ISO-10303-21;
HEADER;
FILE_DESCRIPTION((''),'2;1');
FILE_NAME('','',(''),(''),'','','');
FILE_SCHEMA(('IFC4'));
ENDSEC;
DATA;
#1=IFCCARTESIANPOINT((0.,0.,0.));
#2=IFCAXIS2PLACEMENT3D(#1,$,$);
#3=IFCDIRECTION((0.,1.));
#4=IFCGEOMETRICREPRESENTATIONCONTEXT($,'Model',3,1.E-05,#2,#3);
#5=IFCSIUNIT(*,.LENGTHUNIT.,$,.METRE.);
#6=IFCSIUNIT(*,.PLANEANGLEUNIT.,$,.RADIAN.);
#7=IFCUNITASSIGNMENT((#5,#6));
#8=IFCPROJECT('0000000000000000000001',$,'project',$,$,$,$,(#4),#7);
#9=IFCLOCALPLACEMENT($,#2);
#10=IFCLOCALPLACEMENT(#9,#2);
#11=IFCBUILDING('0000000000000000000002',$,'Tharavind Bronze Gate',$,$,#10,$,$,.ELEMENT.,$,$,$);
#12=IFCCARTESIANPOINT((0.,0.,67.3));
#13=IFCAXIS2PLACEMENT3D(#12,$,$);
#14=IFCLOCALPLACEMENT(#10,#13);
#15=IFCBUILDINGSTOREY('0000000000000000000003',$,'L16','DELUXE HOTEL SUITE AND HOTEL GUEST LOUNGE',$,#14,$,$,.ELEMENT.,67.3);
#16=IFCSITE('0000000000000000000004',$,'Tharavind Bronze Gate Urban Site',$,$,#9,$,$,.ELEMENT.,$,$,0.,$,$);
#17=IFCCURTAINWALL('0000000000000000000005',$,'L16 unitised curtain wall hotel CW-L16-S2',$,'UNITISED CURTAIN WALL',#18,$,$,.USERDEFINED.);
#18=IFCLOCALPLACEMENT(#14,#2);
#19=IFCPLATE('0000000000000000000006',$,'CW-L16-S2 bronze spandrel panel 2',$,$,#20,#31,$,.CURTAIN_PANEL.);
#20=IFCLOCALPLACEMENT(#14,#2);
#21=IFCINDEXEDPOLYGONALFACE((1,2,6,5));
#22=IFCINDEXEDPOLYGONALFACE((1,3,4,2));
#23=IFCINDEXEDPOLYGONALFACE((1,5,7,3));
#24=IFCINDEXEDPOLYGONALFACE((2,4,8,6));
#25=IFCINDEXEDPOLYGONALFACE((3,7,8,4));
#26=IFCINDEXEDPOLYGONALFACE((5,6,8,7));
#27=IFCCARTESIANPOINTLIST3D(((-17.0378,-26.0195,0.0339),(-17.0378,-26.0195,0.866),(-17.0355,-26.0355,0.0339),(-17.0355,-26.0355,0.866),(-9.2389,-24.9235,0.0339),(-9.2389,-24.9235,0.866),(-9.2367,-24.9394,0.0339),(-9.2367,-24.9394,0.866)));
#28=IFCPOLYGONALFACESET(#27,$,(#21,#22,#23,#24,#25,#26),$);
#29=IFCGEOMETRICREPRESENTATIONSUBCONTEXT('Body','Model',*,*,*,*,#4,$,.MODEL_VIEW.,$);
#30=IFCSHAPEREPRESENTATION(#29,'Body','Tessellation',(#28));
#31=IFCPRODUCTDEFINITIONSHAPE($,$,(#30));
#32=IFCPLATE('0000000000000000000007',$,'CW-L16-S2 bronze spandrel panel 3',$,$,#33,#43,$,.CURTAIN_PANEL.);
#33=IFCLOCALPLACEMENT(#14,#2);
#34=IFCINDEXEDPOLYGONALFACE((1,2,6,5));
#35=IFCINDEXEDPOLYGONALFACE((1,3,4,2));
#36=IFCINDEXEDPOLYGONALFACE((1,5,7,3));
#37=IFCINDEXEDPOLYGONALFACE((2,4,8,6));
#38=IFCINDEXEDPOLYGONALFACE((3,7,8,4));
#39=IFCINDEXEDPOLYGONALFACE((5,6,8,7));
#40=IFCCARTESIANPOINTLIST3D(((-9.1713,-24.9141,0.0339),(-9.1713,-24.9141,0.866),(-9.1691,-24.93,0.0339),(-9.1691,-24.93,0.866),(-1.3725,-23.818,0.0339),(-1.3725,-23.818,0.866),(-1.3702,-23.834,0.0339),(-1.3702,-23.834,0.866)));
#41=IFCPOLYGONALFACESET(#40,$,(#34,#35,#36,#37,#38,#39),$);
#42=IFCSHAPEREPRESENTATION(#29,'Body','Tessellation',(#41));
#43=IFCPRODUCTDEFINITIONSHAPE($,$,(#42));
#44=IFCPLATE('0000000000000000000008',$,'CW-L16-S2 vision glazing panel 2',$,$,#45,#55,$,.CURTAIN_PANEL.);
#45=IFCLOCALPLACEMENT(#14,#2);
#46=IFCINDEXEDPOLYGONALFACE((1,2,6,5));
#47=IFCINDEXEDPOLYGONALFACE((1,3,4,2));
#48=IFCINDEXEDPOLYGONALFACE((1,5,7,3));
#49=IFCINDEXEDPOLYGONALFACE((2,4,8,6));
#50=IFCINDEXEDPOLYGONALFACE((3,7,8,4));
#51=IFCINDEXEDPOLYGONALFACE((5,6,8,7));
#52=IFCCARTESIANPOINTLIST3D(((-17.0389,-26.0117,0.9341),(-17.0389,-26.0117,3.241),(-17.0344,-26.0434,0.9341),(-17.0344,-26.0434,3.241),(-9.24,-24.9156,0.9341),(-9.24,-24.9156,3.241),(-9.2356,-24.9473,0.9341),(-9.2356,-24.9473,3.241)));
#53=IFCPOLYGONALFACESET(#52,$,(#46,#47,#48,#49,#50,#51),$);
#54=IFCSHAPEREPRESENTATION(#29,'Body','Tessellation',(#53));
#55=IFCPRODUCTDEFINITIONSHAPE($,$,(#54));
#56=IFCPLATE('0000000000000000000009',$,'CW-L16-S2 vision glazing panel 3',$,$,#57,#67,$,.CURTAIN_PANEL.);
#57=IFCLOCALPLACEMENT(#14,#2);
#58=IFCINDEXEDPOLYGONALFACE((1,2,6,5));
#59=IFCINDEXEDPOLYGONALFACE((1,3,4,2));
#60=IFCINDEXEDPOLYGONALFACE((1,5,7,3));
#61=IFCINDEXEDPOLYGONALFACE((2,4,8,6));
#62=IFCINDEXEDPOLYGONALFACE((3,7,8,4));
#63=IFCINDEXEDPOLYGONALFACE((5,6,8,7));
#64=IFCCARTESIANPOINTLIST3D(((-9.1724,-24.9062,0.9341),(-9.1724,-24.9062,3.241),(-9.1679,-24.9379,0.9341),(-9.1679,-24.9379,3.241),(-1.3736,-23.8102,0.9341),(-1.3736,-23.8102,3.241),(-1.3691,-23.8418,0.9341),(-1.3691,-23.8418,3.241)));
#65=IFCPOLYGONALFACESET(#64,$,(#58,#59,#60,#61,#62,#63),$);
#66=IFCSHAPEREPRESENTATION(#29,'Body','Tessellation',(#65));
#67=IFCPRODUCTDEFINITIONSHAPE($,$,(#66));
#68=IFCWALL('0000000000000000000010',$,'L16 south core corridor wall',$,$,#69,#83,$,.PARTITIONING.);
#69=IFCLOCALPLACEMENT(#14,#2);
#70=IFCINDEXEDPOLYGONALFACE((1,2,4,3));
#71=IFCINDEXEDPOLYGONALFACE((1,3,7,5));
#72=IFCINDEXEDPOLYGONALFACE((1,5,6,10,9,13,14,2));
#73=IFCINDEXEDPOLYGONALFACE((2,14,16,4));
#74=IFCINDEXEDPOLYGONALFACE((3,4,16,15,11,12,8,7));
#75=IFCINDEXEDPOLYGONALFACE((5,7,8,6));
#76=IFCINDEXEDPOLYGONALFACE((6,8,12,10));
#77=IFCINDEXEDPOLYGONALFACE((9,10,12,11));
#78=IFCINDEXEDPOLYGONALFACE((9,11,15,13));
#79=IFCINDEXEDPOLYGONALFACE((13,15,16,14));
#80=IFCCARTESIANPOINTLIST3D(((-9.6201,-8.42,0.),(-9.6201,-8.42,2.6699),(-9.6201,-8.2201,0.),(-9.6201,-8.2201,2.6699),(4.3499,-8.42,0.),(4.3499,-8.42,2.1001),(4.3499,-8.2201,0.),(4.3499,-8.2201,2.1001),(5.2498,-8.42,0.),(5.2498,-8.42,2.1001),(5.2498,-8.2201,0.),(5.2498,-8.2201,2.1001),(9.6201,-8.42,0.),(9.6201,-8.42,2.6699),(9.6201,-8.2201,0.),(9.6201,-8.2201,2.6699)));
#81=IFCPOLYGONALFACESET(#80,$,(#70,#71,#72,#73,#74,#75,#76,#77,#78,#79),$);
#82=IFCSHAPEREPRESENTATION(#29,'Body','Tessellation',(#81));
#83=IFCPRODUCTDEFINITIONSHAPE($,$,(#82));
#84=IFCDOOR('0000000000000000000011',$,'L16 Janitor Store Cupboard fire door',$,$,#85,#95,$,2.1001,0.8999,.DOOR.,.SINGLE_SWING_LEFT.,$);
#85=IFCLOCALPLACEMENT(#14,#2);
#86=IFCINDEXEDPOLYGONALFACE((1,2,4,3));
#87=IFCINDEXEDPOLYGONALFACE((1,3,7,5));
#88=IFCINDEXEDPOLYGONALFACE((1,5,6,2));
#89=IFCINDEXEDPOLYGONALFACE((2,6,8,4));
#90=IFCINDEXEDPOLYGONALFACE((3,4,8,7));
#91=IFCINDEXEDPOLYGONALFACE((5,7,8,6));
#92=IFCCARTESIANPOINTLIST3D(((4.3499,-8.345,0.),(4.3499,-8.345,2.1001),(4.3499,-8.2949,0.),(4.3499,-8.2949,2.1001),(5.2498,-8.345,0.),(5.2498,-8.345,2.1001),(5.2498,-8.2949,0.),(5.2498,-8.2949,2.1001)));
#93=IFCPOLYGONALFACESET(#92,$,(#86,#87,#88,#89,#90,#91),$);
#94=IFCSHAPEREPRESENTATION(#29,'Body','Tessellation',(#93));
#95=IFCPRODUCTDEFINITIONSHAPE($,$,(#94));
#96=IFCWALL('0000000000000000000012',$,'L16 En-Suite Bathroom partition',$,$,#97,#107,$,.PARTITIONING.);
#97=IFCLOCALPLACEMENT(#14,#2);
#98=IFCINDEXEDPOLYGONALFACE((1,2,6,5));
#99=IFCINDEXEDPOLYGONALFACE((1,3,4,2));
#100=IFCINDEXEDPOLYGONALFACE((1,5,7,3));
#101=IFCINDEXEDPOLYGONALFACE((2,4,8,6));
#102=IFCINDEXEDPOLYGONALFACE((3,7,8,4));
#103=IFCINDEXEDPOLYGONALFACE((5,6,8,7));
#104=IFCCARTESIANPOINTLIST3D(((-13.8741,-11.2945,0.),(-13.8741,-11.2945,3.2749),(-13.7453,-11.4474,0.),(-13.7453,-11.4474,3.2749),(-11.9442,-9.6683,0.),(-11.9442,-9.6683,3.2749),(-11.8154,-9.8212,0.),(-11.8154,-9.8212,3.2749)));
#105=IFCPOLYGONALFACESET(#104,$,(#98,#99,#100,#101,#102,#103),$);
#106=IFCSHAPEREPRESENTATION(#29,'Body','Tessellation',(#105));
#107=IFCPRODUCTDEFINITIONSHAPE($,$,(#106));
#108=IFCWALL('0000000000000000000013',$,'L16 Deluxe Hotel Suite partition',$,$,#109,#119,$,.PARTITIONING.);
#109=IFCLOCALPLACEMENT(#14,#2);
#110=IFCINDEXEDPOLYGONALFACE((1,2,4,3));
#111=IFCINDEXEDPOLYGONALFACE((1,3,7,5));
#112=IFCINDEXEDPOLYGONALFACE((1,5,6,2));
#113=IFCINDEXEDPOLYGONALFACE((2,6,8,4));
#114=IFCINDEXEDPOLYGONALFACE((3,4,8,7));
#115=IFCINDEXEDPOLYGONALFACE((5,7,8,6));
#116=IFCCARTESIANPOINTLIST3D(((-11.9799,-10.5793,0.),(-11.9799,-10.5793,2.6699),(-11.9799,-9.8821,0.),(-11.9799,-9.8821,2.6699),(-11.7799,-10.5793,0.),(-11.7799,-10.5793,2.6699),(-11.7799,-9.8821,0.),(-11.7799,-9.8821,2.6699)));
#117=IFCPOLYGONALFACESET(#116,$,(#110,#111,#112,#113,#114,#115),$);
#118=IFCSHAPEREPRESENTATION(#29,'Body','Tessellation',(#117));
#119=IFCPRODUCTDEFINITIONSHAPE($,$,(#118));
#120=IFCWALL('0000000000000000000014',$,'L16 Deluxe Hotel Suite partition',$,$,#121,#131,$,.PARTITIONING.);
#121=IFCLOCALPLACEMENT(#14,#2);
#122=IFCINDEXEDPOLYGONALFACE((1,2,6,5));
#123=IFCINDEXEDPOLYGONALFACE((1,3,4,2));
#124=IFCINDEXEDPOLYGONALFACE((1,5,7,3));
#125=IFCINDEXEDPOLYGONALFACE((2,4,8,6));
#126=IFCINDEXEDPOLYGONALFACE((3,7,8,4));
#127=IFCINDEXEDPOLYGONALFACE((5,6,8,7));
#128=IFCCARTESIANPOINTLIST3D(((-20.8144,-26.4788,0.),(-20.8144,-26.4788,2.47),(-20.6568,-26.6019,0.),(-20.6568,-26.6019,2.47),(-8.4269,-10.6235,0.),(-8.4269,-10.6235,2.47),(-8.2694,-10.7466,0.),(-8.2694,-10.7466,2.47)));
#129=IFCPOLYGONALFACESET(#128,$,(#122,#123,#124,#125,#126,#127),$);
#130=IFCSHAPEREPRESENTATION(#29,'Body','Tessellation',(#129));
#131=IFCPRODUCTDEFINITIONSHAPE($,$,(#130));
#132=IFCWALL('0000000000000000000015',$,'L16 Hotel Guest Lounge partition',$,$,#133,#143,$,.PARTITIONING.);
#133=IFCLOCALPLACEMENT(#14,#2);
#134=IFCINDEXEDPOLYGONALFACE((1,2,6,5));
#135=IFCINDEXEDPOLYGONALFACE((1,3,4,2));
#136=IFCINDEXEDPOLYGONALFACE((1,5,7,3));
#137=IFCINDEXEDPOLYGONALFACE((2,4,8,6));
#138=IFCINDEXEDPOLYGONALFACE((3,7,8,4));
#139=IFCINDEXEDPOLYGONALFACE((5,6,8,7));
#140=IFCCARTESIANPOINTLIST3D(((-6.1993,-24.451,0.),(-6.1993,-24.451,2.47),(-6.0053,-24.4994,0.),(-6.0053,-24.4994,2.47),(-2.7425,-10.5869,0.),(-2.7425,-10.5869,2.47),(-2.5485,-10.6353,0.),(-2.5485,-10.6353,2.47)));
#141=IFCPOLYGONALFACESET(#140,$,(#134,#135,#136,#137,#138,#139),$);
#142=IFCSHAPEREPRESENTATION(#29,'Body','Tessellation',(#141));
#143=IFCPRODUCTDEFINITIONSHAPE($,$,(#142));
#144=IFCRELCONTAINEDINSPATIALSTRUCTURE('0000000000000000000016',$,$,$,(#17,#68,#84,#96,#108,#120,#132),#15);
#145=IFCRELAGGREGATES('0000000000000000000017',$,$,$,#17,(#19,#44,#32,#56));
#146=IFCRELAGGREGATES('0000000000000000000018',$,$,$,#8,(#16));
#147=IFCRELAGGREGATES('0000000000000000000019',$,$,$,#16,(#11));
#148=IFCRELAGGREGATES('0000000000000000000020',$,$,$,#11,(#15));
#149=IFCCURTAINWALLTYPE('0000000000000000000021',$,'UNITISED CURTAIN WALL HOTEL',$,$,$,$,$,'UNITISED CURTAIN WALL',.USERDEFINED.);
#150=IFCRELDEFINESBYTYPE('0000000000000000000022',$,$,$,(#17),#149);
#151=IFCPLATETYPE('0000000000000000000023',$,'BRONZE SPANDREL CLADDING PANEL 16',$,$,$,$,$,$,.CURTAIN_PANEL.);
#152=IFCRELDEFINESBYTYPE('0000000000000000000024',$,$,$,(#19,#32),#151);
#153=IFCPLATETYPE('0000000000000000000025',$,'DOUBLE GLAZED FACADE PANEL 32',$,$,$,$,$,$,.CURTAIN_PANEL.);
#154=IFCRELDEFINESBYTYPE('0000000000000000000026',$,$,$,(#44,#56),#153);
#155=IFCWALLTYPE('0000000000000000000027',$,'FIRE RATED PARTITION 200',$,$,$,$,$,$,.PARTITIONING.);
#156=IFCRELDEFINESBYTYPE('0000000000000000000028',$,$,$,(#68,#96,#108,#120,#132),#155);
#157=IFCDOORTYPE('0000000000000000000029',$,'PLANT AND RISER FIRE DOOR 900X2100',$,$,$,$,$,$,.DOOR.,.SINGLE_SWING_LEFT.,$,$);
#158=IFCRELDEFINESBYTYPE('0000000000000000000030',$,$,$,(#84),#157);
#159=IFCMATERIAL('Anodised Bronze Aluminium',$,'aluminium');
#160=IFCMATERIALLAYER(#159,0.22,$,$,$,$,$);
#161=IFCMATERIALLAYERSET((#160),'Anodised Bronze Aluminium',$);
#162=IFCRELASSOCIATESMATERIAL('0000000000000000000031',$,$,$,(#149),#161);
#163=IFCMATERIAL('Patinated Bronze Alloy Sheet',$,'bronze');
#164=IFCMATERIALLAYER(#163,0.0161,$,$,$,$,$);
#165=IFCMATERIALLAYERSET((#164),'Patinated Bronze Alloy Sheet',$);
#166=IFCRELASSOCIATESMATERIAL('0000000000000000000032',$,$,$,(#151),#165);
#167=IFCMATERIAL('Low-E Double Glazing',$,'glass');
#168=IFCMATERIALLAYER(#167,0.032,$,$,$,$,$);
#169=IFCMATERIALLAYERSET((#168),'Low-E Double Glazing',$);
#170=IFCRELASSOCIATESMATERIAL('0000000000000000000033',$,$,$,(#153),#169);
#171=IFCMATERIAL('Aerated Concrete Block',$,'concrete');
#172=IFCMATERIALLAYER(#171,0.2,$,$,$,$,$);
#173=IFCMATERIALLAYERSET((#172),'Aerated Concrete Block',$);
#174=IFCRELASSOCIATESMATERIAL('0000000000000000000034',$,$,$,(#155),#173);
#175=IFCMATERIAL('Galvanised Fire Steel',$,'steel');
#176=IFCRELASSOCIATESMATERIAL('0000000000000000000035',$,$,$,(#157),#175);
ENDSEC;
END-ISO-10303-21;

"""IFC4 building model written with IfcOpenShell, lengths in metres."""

from ifc_helpers import new_model, si_unit, direction, frame, frame_2d, origin, origin_2d, place, context, subcontext, project, spatial, rectangle, extrude, material, layer, layer_set, type_object, element, fill, aggregate, save


model = new_model("IFC4")

# Units and contexts
model_context = context("Model", 3, precision=1e-05, world=origin(), true_north=direction((0.0, 1.0)))
body_context = subcontext(model_context, "Body", "Model", "MODEL_VIEW")
ifc_project = project(units=[si_unit("LENGTHUNIT", "METRE"), si_unit("PLANEANGLEUNIT", "RADIAN")], contexts=[model_context])

# Site, building, storey
site_placement = place(None, origin())
site = spatial("IfcSite", under=ifc_project, at=site_placement, Name="Tharavind Bronze Gate Urban Site", CompositionType="ELEMENT", RefElevation=0.0)
building_placement = place(site_placement, origin())
building = spatial("IfcBuilding", under=site, at=building_placement, Name="Tharavind Bronze Gate", CompositionType="ELEMENT")
storey_placement = place(building_placement, frame((0.0, 0.0, 67.3)))
storey = spatial("IfcBuildingStorey", under=building, at=storey_placement, Name="L16", Description="DELUXE HOTEL SUITE AND HOTEL GUEST LOUNGE", CompositionType="ELEMENT", Elevation=67.3)

# Curtain wall
ifc_material_1 = material(Name="Anodised Bronze Aluminium", Category="aluminium")
ifc_layer_1 = layer(ifc_material_1, 0.22)
ifc_layer_set_1 = layer_set([ifc_layer_1], Name="Anodised Bronze Aluminium")
curtain_wall_type = type_object("IfcCurtainWallType", Name="UNITISED CURTAIN WALL HOTEL", ElementType="UNITISED CURTAIN WALL", PredefinedType="USERDEFINED", material=ifc_layer_set_1)
curtain_wall_placement = place(storey_placement, origin())
curtain_wall = element("IfcCurtainWall", 1, at=curtain_wall_placement, inside=storey, type_object=curtain_wall_type, Name="L16 unitised curtain wall hotel CW-L16-S2", ObjectType="UNITISED CURTAIN WALL", PredefinedType="USERDEFINED")

# Plates
ifc_material_2 = material(Name="Patinated Bronze Alloy Sheet", Category="bronze")
ifc_layer_2 = layer(ifc_material_2, 0.0161)
ifc_layer_set_2 = layer_set([ifc_layer_2], Name="Patinated Bronze Alloy Sheet")
plate_type_1 = type_object("IfcPlateType", Name="BRONZE SPANDREL CLADDING PANEL 16", PredefinedType="CURTAIN_PANEL", material=ifc_layer_set_2)
plate_1_placement = place(storey_placement, frame((-13.1372, -25.4795, 0.0339), z_axis=(0.0, 0.0, 1.0), x_axis=(0.990268, 0.139173, 0.0)))
plate_1 = element("IfcPlate", 2, at=plate_1_placement, type_object=plate_type_1, Name="CW-L16-S2 bronze spandrel panel 2", PredefinedType="CURTAIN_PANEL", context=body_context, shape_type="SweptSolid", body=[
    extrude(rectangle(XDim=7.8755, YDim=0.0161, at=origin_2d()), origin(), (0.0, 0.0, 1.0), 0.832),
])
plate_2_placement = place(storey_placement, frame((-5.2708, -24.374, 0.0339), z_axis=(0.0, 0.0, 1.0), x_axis=(0.990268, 0.139173, 0.0)))
plate_2 = element("IfcPlate", 3, at=plate_2_placement, type_object=plate_type_1, Name="CW-L16-S2 bronze spandrel panel 3", PredefinedType="CURTAIN_PANEL", context=body_context, shape_type="SweptSolid", body=[
    extrude(rectangle(XDim=7.8755, YDim=0.0161, at=origin_2d()), origin(), (0.0, 0.0, 1.0), 0.832),
])
ifc_material_3 = material(Name="Low-E Double Glazing", Category="glass")
ifc_layer_3 = layer(ifc_material_3, 0.032)
ifc_layer_set_3 = layer_set([ifc_layer_3], Name="Low-E Double Glazing")
plate_type_2 = type_object("IfcPlateType", Name="DOUBLE GLAZED FACADE PANEL 32", PredefinedType="CURTAIN_PANEL", material=ifc_layer_set_3)
plate_3_placement = place(storey_placement, frame((-13.1372, -25.4795, 0.9341), z_axis=(0.0, 0.0, 1.0), x_axis=(0.990268, 0.139173, 0.0)))
plate_3 = element("IfcPlate", 4, at=plate_3_placement, type_object=plate_type_2, Name="CW-L16-S2 vision glazing panel 2", PredefinedType="CURTAIN_PANEL", context=body_context, shape_type="SweptSolid", body=[
    extrude(rectangle(XDim=7.8755, YDim=0.032, at=origin_2d()), origin(), (0.0, 0.0, 1.0), 2.3069),
])
plate_4_placement = place(storey_placement, frame((-5.2708, -24.374, 0.9341), z_axis=(0.0, 0.0, 1.0), x_axis=(0.990268, 0.139173, 0.0)))
plate_4 = element("IfcPlate", 5, at=plate_4_placement, type_object=plate_type_2, Name="CW-L16-S2 vision glazing panel 3", PredefinedType="CURTAIN_PANEL", context=body_context, shape_type="SweptSolid", body=[
    extrude(rectangle(XDim=7.8755, YDim=0.032, at=origin_2d()), origin(), (0.0, 0.0, 1.0), 2.3069),
])
aggregate(curtain_wall, [plate_1, plate_3, plate_2, plate_4])

# Wall, opening, door
ifc_material_4 = material(Name="Aerated Concrete Block", Category="concrete")
ifc_layer_4 = layer(ifc_material_4, 0.2)
ifc_layer_set_4 = layer_set([ifc_layer_4], Name="Aerated Concrete Block")
wall_type = type_object("IfcWallType", Name="FIRE RATED PARTITION 200", PredefinedType="PARTITIONING", material=ifc_layer_set_4)
wall_1_placement = place(storey_placement, frame((-9.6201, -8.3201, 0.0), z_axis=(0.0, 0.0, 1.0), x_axis=(1.0, 0.0, 0.0)))
wall_1 = element("IfcWall", 6, at=wall_1_placement, inside=storey, type_object=wall_type, Name="L16 south core corridor wall", PredefinedType="PARTITIONING", context=body_context, shape_type="SweptSolid", body=[
    extrude(rectangle(XDim=19.2402, YDim=0.2, at=frame_2d((9.6201, 0.0))), origin(), (0.0, 0.0, 1.0), 2.6699),
])
opening_1_placement = place(wall_1_placement, frame((13.97, 0.0, 0.0)))
opening_1 = element("IfcOpeningElement", 7, at=opening_1_placement, cuts=wall_1, PredefinedType="OPENING", context=body_context, shape_type="SweptSolid", body=[
    extrude(rectangle(XDim=0.8999, YDim=2.1001, at=frame_2d((0.45, 1.05))), frame((0.0, 0.1101, 0.0), z_axis=(0.0, -1.0, 0.0), x_axis=(1.0, 0.0, 0.0)), (0.0, 0.0, 1.0), 0.22),
])
ifc_material_5 = material(Name="Galvanised Fire Steel", Category="steel")
door_type_1 = type_object("IfcDoorType", Name="PLANT AND RISER FIRE DOOR 900X2100", OperationType="SINGLE_SWING_LEFT", PredefinedType="DOOR", material=ifc_material_5)
door_1_placement = place(opening_1_placement, frame((0.8999, 0.0, 0.0), z_axis=(0.0, 0.0, 1.0), x_axis=(-1.0, 0.0, 0.0)))
door_1 = element("IfcDoor", 8, at=door_1_placement, inside=storey, type_object=door_type_1, Name="L16 Janitor Store Cupboard fire door", OperationType="SINGLE_SWING_LEFT", OverallHeight=2.1001, OverallWidth=0.8999, PredefinedType="DOOR", context=body_context, shape_type="SweptSolid", body=[
    extrude(rectangle(XDim=0.8999, YDim=2.1001, at=frame_2d((0.45, 1.05))), frame((0.0, 0.0249, 0.0), z_axis=(0.0, -1.0, 0.0), x_axis=(1.0, 0.0, 0.0)), (0.0, 0.0, 1.0), 0.05),
])
fill(opening_1, door_1)

# Walls
wall_2_placement = place(storey_placement, frame((-11.8799, -9.7449, 0.0), z_axis=(0.0, 0.0, 1.0), x_axis=(-0.764713, -0.644371, 0.0)))
element("IfcWall", 9, at=wall_2_placement, inside=storey, type_object=wall_type, Name="L16 En-Suite Bathroom partition", PredefinedType="PARTITIONING", context=body_context, shape_type="SweptSolid", body=[
    extrude(rectangle(XDim=2.5237, YDim=0.2, at=frame_2d((1.2617, 0.0))), origin(), (0.0, 0.0, 1.0), 3.2749),
])
wall_3_placement = place(storey_placement, frame((-11.8799, -9.8821, 0.0), z_axis=(0.0, 0.0, 1.0), x_axis=(0.0, -1.0, 0.0)))
element("IfcWall", 10, at=wall_3_placement, inside=storey, type_object=wall_type, Name="L16 Deluxe Hotel Suite partition", PredefinedType="PARTITIONING", context=body_context, shape_type="SweptSolid", body=[
    extrude(rectangle(XDim=0.6973, YDim=0.2, at=frame_2d((0.3486, 0.0))), origin(), (0.0, 0.0, 1.0), 2.6699),
])

# Wall
wall_4_placement = place(storey_placement, frame((-8.3481, -10.6851, 0.0), z_axis=(0.0, 0.0, 1.0), x_axis=(-0.615661, -0.788011, 0.0)))
element("IfcWall", 11, at=wall_4_placement, inside=storey, type_object=wall_type, Name="L16 Deluxe Hotel Suite partition", PredefinedType="PARTITIONING", context=body_context, shape_type="SweptSolid", body=[
    extrude(rectangle(XDim=20.1206, YDim=0.2, at=frame_2d((10.0603, 0.0))), origin(), (0.0, 0.0, 1.0), 2.47),
])

# Wall
wall_5_placement = place(storey_placement, frame((-2.6455, -10.6111, 0.0), z_axis=(0.0, 0.0, 1.0), x_axis=(-0.241929, -0.970294, 0.0)))
element("IfcWall", 12, at=wall_5_placement, inside=storey, type_object=wall_type, Name="L16 Hotel Guest Lounge partition", PredefinedType="PARTITIONING", context=body_context, shape_type="SweptSolid", body=[
    extrude(rectangle(XDim=14.2886, YDim=0.2, at=frame_2d((7.1443, 0.0))), origin(), (0.0, 0.0, 1.0), 2.47),
])

save(model, "model.ifc")
